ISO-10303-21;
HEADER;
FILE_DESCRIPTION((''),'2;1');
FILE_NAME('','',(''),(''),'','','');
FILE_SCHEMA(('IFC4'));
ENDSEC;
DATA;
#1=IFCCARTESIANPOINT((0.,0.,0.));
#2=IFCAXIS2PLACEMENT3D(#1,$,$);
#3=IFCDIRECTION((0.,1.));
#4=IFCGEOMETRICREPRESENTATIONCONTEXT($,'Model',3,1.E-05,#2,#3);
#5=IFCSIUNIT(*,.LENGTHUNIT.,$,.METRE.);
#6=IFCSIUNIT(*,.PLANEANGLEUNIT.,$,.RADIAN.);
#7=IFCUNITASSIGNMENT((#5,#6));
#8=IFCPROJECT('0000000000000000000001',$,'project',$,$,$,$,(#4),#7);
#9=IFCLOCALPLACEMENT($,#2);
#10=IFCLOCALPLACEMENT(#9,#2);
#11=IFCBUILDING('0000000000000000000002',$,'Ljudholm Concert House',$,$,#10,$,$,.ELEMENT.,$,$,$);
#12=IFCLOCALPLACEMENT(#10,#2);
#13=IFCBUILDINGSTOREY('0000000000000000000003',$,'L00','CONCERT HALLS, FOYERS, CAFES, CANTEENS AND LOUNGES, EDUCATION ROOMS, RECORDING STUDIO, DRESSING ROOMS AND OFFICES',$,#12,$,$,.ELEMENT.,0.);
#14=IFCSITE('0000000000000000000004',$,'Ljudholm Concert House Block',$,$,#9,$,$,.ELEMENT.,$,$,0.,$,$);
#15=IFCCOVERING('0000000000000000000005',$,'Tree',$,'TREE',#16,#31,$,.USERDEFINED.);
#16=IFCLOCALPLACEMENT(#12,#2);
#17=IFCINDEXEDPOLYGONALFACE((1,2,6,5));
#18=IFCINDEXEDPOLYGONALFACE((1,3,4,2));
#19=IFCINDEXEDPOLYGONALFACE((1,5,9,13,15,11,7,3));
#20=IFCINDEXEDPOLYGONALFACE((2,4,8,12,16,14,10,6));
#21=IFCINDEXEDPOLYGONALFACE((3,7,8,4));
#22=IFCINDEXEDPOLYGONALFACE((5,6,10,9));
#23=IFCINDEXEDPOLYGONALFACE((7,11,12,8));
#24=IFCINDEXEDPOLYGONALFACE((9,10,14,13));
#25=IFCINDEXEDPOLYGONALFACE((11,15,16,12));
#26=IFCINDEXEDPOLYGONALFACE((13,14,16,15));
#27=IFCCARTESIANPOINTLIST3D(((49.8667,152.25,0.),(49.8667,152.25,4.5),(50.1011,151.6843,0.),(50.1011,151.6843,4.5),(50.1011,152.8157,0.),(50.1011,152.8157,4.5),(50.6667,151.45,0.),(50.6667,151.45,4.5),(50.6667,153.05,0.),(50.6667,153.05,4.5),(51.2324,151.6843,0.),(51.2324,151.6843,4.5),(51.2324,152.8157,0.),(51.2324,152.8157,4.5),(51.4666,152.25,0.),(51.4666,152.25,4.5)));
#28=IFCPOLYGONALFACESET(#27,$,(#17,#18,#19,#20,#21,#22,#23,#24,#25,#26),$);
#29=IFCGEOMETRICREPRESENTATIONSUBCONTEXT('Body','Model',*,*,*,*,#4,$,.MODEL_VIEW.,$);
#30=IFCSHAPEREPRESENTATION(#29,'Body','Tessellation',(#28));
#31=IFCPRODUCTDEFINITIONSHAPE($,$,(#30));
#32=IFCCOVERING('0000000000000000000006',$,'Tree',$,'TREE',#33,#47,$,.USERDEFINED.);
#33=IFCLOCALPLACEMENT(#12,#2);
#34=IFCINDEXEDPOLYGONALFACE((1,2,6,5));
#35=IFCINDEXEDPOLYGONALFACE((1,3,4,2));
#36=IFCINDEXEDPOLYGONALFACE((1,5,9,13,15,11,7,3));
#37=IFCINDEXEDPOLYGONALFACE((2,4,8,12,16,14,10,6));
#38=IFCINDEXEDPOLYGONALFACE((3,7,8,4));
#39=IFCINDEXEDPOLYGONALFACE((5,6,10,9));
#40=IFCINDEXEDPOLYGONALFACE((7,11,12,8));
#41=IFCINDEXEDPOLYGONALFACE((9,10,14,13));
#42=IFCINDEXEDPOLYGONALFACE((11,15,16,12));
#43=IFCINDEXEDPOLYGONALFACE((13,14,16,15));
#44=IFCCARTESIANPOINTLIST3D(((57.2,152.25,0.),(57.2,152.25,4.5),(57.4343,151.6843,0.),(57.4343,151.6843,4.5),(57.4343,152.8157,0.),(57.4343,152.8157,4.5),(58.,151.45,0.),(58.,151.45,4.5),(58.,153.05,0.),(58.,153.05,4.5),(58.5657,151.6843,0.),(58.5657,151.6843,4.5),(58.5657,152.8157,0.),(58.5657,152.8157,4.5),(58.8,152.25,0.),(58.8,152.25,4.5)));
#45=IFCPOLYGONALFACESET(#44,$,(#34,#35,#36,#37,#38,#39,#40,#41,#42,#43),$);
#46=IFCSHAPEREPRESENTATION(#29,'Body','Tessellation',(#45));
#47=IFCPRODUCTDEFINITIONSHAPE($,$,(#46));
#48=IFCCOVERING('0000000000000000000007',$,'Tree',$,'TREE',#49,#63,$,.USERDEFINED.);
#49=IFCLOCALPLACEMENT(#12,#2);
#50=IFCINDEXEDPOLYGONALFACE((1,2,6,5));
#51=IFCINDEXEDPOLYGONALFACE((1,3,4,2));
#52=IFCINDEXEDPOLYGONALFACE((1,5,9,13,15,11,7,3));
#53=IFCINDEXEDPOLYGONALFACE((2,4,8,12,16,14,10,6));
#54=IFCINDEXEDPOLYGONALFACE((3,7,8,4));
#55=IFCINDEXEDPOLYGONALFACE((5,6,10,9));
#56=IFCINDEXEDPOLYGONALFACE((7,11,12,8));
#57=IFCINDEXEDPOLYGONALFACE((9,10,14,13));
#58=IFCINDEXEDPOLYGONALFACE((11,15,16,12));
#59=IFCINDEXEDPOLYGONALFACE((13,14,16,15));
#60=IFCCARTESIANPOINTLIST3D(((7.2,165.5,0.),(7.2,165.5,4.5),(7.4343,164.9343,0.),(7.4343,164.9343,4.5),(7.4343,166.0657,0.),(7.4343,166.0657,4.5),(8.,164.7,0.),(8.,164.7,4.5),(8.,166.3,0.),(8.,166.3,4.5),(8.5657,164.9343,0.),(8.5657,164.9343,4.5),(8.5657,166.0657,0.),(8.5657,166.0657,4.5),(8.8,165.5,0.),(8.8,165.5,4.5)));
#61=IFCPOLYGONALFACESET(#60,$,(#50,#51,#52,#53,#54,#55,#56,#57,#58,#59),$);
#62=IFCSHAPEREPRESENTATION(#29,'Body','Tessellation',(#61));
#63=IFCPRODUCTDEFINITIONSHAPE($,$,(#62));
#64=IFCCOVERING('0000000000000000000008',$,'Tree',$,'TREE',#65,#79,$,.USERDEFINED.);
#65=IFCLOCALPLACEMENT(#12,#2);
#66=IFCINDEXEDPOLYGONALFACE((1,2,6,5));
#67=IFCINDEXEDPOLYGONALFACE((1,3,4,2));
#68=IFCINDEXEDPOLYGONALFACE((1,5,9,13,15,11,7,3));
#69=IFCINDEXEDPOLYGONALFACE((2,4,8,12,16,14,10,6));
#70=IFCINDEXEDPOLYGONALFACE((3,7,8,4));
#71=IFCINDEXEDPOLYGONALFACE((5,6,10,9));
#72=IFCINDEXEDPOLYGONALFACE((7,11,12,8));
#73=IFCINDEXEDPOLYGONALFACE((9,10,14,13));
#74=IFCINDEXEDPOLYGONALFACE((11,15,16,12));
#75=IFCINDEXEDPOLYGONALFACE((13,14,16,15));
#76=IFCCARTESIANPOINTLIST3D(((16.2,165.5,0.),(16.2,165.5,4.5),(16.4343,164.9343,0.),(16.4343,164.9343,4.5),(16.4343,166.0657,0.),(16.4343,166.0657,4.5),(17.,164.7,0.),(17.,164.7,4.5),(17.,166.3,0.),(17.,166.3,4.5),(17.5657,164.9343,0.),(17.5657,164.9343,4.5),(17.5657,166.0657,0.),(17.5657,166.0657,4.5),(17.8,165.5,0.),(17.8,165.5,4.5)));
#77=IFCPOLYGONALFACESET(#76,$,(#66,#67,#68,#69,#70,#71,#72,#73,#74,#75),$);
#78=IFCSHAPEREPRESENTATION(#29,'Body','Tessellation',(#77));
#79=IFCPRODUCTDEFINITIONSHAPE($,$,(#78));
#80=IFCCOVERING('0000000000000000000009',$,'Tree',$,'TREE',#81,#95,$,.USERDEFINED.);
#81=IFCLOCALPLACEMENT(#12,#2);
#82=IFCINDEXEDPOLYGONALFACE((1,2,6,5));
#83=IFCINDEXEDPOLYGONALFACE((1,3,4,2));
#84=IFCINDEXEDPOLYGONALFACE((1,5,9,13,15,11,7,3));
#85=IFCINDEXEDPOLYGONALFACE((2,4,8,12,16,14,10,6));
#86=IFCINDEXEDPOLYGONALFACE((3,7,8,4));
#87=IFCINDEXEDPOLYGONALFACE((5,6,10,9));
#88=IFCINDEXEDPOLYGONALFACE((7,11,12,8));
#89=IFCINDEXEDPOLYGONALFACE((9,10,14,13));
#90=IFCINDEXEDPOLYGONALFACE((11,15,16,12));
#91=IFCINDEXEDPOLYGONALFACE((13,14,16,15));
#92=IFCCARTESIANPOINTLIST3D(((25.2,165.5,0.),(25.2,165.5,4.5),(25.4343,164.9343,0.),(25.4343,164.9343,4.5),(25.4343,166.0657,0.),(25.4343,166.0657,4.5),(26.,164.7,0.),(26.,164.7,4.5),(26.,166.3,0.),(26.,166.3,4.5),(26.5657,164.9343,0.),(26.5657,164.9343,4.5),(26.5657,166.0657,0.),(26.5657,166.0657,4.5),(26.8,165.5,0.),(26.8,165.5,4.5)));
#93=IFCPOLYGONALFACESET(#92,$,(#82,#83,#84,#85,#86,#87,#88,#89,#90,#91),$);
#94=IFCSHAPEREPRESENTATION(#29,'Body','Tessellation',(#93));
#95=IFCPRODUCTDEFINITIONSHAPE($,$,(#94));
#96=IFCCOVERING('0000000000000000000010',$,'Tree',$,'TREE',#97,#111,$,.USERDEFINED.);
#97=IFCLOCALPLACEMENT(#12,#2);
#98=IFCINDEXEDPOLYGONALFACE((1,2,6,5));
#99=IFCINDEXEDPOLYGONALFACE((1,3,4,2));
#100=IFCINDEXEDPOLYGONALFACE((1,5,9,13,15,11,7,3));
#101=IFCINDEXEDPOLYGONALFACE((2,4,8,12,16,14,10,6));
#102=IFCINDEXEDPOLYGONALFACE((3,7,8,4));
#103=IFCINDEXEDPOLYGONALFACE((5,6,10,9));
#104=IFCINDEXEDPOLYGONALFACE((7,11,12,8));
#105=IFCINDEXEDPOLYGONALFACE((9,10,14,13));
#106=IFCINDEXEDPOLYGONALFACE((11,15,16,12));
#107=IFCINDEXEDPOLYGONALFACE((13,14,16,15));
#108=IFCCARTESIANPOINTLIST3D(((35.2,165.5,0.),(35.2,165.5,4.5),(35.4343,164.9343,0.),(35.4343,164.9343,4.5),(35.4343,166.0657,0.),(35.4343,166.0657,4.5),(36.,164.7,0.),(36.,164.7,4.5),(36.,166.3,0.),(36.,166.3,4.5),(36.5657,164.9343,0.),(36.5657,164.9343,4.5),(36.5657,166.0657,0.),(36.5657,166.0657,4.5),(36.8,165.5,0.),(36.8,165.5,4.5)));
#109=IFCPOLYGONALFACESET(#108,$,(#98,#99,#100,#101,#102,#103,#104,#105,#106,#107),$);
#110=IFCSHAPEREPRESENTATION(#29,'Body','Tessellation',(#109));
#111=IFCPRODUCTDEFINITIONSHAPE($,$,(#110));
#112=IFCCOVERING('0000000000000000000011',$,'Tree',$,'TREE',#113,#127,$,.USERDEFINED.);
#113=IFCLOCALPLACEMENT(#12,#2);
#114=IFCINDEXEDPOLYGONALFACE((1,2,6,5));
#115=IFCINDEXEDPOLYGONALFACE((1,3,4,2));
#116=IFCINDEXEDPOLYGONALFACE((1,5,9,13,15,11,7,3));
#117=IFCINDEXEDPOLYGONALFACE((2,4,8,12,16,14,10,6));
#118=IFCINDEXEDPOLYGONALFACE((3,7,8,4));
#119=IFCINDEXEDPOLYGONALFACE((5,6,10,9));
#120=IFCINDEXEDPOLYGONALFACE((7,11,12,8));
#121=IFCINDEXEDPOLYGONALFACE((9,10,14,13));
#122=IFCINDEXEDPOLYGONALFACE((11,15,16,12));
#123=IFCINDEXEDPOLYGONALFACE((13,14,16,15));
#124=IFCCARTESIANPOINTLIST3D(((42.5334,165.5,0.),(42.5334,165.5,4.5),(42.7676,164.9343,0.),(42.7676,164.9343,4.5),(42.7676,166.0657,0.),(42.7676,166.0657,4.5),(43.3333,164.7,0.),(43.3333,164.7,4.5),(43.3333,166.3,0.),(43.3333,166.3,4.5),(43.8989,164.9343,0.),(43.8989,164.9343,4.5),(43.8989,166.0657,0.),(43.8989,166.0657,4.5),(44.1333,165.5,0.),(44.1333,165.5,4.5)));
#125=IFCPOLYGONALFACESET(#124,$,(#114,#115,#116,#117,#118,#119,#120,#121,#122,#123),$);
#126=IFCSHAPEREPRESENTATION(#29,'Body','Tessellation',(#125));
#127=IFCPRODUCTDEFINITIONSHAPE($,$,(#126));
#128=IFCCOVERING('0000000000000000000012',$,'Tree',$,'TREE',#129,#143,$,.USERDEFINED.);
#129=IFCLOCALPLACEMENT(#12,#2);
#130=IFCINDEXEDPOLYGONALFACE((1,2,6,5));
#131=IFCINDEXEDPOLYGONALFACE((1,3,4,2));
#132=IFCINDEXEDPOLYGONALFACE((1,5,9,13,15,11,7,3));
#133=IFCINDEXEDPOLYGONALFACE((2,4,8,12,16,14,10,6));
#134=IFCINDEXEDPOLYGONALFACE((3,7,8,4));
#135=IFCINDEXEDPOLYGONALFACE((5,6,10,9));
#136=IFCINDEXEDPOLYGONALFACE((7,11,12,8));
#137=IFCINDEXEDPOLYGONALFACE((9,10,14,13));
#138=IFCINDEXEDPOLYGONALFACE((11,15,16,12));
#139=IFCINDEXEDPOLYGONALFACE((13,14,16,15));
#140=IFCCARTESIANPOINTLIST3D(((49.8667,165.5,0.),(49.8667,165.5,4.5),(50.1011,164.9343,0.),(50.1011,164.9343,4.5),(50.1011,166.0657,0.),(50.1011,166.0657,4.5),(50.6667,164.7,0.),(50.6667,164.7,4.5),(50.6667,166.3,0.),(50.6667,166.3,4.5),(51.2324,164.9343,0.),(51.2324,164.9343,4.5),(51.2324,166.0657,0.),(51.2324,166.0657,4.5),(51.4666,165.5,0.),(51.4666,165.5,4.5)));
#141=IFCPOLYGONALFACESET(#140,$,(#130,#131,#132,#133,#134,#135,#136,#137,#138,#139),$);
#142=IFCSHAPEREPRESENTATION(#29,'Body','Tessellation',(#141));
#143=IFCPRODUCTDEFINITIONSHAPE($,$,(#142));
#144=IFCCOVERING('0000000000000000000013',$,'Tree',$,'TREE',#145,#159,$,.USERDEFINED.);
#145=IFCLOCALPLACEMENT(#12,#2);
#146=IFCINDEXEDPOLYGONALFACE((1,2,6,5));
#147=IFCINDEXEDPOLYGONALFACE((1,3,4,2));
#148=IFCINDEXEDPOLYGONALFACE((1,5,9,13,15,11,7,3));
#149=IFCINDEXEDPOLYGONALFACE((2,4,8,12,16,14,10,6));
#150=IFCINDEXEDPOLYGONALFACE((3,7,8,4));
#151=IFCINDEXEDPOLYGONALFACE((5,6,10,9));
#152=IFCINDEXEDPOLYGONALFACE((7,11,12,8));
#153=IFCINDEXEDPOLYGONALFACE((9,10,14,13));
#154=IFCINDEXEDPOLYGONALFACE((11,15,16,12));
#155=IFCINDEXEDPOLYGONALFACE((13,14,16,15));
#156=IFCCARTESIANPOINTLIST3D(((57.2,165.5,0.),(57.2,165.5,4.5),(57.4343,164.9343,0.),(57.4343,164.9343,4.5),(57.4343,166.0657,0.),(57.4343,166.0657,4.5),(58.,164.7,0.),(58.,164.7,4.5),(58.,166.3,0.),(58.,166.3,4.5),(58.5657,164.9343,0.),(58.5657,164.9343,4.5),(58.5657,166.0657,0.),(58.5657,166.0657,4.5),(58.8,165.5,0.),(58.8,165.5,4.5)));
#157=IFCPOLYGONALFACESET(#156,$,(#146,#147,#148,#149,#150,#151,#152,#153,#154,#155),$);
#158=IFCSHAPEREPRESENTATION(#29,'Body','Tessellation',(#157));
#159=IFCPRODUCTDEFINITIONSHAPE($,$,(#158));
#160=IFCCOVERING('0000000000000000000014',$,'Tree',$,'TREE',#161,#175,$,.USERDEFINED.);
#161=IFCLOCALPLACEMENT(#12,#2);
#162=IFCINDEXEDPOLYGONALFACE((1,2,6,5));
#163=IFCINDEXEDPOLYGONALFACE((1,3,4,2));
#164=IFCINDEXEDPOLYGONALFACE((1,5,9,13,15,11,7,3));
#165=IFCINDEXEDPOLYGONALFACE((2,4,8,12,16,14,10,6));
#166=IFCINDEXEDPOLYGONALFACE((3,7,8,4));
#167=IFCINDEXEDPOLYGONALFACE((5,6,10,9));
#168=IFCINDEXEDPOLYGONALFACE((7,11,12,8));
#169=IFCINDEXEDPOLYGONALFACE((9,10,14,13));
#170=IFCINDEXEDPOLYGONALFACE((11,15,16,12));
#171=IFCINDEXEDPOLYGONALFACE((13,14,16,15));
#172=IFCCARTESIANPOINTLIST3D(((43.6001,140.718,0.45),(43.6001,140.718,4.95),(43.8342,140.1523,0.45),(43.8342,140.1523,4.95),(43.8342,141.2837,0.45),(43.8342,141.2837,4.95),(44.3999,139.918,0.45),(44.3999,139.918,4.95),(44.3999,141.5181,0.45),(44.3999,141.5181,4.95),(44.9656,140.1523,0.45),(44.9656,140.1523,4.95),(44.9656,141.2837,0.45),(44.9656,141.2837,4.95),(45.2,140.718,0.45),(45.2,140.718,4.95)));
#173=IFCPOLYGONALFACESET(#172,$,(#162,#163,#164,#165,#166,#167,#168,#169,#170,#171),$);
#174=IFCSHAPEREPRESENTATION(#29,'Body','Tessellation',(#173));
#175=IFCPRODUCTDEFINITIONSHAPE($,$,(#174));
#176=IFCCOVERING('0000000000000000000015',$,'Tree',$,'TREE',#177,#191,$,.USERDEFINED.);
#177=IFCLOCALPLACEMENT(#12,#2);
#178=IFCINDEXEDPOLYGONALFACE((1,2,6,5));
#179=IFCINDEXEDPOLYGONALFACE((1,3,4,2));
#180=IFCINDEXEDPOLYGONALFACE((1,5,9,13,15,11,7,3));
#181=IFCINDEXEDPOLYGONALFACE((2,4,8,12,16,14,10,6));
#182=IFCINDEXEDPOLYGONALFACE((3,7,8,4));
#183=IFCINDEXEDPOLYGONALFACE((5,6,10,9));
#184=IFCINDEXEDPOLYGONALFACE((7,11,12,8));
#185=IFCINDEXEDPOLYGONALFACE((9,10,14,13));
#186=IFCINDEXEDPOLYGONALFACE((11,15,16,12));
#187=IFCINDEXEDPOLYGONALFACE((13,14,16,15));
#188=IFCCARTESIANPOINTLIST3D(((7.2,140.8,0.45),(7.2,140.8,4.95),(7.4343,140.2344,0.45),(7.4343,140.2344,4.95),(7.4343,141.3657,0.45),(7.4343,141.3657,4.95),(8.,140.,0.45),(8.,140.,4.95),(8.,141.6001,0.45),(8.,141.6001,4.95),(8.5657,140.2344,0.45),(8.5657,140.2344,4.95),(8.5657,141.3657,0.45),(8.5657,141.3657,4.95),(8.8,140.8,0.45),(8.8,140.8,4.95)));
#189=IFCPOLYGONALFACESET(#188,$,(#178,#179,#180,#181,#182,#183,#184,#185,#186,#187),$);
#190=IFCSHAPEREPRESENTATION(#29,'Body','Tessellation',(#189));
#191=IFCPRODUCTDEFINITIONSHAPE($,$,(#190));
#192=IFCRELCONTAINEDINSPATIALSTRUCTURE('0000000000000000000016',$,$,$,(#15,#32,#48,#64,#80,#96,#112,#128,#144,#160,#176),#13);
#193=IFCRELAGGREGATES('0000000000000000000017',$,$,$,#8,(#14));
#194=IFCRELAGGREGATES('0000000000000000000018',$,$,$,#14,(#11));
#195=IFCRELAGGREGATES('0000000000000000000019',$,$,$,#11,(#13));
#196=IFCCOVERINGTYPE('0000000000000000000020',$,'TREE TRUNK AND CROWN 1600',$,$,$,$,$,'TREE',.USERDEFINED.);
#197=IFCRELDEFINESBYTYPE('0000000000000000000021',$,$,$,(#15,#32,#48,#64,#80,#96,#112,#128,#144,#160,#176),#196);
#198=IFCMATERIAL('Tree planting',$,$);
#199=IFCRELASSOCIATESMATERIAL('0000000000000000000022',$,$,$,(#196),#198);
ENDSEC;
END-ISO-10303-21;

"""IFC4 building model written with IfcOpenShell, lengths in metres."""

from ifc_helpers import new_model, si_unit, direction, frame, origin, place, context, subcontext, project, spatial, polyline, outline, extrude, material, type_object, element, save


model = new_model("IFC4")

# Units and contexts
model_context = context("Model", 3, precision=1e-05, world=origin(), true_north=direction((0.0, 1.0)))
body_context = subcontext(model_context, "Body", "Model", "MODEL_VIEW")
ifc_project = project(units=[si_unit("LENGTHUNIT", "METRE"), si_unit("PLANEANGLEUNIT", "RADIAN")], contexts=[model_context])

# Site, building, storey
site_placement = place(None, origin())
site = spatial("IfcSite", under=ifc_project, at=site_placement, Name="Ljudholm Concert House Block", CompositionType="ELEMENT", RefElevation=0.0)
building_placement = place(site_placement, origin())
building = spatial("IfcBuilding", under=site, at=building_placement, Name="Ljudholm Concert House", CompositionType="ELEMENT")
storey_placement = place(building_placement, origin())
storey = spatial("IfcBuildingStorey", under=building, at=storey_placement, Name="L00", Description="CONCERT HALLS, FOYERS, CAFES, CANTEENS AND LOUNGES, EDUCATION ROOMS, RECORDING STUDIO, DRESSING ROOMS AND OFFICES", CompositionType="ELEMENT", Elevation=0.0)

# Coverings
ifc_material_1 = material(Name="Tree planting")
covering_type_1 = type_object("IfcCoveringType", Name="TREE TRUNK AND CROWN 1600", ElementType="TREE", PredefinedType="USERDEFINED", material=ifc_material_1)
covering_1_placement = place(storey_placement, origin())
element("IfcCovering", 1, at=covering_1_placement, inside=storey, type_object=covering_type_1, Name="Tree", ObjectType="TREE", PredefinedType="USERDEFINED", context=body_context, shape_type="SweptSolid", body=[
    extrude(outline(polyline([(51.4666, 152.25), (51.2324, 152.8157), (50.6667, 153.05), (50.1011, 152.8157), (49.8667, 152.25), (50.1011, 151.6843), (50.6667, 151.45), (51.2324, 151.6843), (51.4666, 152.25)])), origin(), (0.0, 0.0, 1.0), 4.5),
])
covering_2_placement = place(storey_placement, origin())
element("IfcCovering", 2, at=covering_2_placement, inside=storey, type_object=covering_type_1, Name="Tree", ObjectType="TREE", PredefinedType="USERDEFINED", context=body_context, shape_type="SweptSolid", body=[
    extrude(outline(polyline([(58.8, 152.25), (58.5657, 152.8157), (58.0, 153.05), (57.4343, 152.8157), (57.2, 152.25), (57.4343, 151.6843), (58.0, 151.45), (58.5657, 151.6843), (58.8, 152.25)])), origin(), (0.0, 0.0, 1.0), 4.5),
])
covering_3_placement = place(storey_placement, origin())
element("IfcCovering", 3, at=covering_3_placement, inside=storey, type_object=covering_type_1, Name="Tree", ObjectType="TREE", PredefinedType="USERDEFINED", context=body_context, shape_type="SweptSolid", body=[
    extrude(outline(polyline([(8.8, 165.5), (8.5657, 166.0657), (8.0, 166.3), (7.4343, 166.0657), (7.2, 165.5), (7.4343, 164.9343), (8.0, 164.7), (8.5657, 164.9343), (8.8, 165.5)])), origin(), (0.0, 0.0, 1.0), 4.5),
])
covering_4_placement = place(storey_placement, origin())
element("IfcCovering", 4, at=covering_4_placement, inside=storey, type_object=covering_type_1, Name="Tree", ObjectType="TREE", PredefinedType="USERDEFINED", context=body_context, shape_type="SweptSolid", body=[
    extrude(outline(polyline([(17.8, 165.5), (17.5657, 166.0657), (17.0, 166.3), (16.4343, 166.0657), (16.2, 165.5), (16.4343, 164.9343), (17.0, 164.7), (17.5657, 164.9343), (17.8, 165.5)])), origin(), (0.0, 0.0, 1.0), 4.5),
])
covering_5_placement = place(storey_placement, origin())
element("IfcCovering", 5, at=covering_5_placement, inside=storey, type_object=covering_type_1, Name="Tree", ObjectType="TREE", PredefinedType="USERDEFINED", context=body_context, shape_type="SweptSolid", body=[
    extrude(outline(polyline([(26.8, 165.5), (26.5657, 166.0657), (26.0, 166.3), (25.4343, 166.0657), (25.2, 165.5), (25.4343, 164.9343), (26.0, 164.7), (26.5657, 164.9343), (26.8, 165.5)])), origin(), (0.0, 0.0, 1.0), 4.5),
])
covering_6_placement = place(storey_placement, origin())
element("IfcCovering", 6, at=covering_6_placement, inside=storey, type_object=covering_type_1, Name="Tree", ObjectType="TREE", PredefinedType="USERDEFINED", context=body_context, shape_type="SweptSolid", body=[
    extrude(outline(polyline([(36.8, 165.5), (36.5657, 166.0657), (36.0, 166.3), (35.4343, 166.0657), (35.2, 165.5), (35.4343, 164.9343), (36.0, 164.7), (36.5657, 164.9343), (36.8, 165.5)])), origin(), (0.0, 0.0, 1.0), 4.5),
])
covering_7_placement = place(storey_placement, origin())
element("IfcCovering", 7, at=covering_7_placement, inside=storey, type_object=covering_type_1, Name="Tree", ObjectType="TREE", PredefinedType="USERDEFINED", context=body_context, shape_type="SweptSolid", body=[
    extrude(outline(polyline([(44.1333, 165.5), (43.8989, 166.0657), (43.3333, 166.3), (42.7676, 166.0657), (42.5334, 165.5), (42.7676, 164.9343), (43.3333, 164.7), (43.8989, 164.9343), (44.1333, 165.5)])), origin(), (0.0, 0.0, 1.0), 4.5),
])
covering_8_placement = place(storey_placement, origin())
element("IfcCovering", 8, at=covering_8_placement, inside=storey, type_object=covering_type_1, Name="Tree", ObjectType="TREE", PredefinedType="USERDEFINED", context=body_context, shape_type="SweptSolid", body=[
    extrude(outline(polyline([(51.4666, 165.5), (51.2324, 166.0657), (50.6667, 166.3), (50.1011, 166.0657), (49.8667, 165.5), (50.1011, 164.9343), (50.6667, 164.7), (51.2324, 164.9343), (51.4666, 165.5)])), origin(), (0.0, 0.0, 1.0), 4.5),
])
covering_9_placement = place(storey_placement, origin())
element("IfcCovering", 9, at=covering_9_placement, inside=storey, type_object=covering_type_1, Name="Tree", ObjectType="TREE", PredefinedType="USERDEFINED", context=body_context, shape_type="SweptSolid", body=[
    extrude(outline(polyline([(58.8, 165.5), (58.5657, 166.0657), (58.0, 166.3), (57.4343, 166.0657), (57.2, 165.5), (57.4343, 164.9343), (58.0, 164.7), (58.5657, 164.9343), (58.8, 165.5)])), origin(), (0.0, 0.0, 1.0), 4.5),
])
covering_10_placement = place(storey_placement, frame((0.0, 0.0, 0.45)))
element("IfcCovering", 10, at=covering_10_placement, inside=storey, type_object=covering_type_1, Name="Tree", ObjectType="TREE", PredefinedType="USERDEFINED", context=body_context, shape_type="SweptSolid", body=[
    extrude(outline(polyline([(45.2, 140.718), (44.9656, 141.2837), (44.3999, 141.5181), (43.8342, 141.2837), (43.6001, 140.718), (43.8342, 140.1523), (44.3999, 139.918), (44.9656, 140.1523), (45.2, 140.718)])), origin(), (0.0, 0.0, 1.0), 4.5),
])
covering_11_placement = place(storey_placement, frame((0.0, 0.0, 0.45)))
element("IfcCovering", 11, at=covering_11_placement, inside=storey, type_object=covering_type_1, Name="Tree", ObjectType="TREE", PredefinedType="USERDEFINED", context=body_context, shape_type="SweptSolid", body=[
    extrude(outline(polyline([(8.8, 140.8), (8.5657, 141.3657), (8.0, 141.6001), (7.4343, 141.3657), (7.2, 140.8), (7.4343, 140.2344), (8.0, 140.0), (8.5657, 140.2344), (8.8, 140.8)])), origin(), (0.0, 0.0, 1.0), 4.5),
])

save(model, "model.ifc")
